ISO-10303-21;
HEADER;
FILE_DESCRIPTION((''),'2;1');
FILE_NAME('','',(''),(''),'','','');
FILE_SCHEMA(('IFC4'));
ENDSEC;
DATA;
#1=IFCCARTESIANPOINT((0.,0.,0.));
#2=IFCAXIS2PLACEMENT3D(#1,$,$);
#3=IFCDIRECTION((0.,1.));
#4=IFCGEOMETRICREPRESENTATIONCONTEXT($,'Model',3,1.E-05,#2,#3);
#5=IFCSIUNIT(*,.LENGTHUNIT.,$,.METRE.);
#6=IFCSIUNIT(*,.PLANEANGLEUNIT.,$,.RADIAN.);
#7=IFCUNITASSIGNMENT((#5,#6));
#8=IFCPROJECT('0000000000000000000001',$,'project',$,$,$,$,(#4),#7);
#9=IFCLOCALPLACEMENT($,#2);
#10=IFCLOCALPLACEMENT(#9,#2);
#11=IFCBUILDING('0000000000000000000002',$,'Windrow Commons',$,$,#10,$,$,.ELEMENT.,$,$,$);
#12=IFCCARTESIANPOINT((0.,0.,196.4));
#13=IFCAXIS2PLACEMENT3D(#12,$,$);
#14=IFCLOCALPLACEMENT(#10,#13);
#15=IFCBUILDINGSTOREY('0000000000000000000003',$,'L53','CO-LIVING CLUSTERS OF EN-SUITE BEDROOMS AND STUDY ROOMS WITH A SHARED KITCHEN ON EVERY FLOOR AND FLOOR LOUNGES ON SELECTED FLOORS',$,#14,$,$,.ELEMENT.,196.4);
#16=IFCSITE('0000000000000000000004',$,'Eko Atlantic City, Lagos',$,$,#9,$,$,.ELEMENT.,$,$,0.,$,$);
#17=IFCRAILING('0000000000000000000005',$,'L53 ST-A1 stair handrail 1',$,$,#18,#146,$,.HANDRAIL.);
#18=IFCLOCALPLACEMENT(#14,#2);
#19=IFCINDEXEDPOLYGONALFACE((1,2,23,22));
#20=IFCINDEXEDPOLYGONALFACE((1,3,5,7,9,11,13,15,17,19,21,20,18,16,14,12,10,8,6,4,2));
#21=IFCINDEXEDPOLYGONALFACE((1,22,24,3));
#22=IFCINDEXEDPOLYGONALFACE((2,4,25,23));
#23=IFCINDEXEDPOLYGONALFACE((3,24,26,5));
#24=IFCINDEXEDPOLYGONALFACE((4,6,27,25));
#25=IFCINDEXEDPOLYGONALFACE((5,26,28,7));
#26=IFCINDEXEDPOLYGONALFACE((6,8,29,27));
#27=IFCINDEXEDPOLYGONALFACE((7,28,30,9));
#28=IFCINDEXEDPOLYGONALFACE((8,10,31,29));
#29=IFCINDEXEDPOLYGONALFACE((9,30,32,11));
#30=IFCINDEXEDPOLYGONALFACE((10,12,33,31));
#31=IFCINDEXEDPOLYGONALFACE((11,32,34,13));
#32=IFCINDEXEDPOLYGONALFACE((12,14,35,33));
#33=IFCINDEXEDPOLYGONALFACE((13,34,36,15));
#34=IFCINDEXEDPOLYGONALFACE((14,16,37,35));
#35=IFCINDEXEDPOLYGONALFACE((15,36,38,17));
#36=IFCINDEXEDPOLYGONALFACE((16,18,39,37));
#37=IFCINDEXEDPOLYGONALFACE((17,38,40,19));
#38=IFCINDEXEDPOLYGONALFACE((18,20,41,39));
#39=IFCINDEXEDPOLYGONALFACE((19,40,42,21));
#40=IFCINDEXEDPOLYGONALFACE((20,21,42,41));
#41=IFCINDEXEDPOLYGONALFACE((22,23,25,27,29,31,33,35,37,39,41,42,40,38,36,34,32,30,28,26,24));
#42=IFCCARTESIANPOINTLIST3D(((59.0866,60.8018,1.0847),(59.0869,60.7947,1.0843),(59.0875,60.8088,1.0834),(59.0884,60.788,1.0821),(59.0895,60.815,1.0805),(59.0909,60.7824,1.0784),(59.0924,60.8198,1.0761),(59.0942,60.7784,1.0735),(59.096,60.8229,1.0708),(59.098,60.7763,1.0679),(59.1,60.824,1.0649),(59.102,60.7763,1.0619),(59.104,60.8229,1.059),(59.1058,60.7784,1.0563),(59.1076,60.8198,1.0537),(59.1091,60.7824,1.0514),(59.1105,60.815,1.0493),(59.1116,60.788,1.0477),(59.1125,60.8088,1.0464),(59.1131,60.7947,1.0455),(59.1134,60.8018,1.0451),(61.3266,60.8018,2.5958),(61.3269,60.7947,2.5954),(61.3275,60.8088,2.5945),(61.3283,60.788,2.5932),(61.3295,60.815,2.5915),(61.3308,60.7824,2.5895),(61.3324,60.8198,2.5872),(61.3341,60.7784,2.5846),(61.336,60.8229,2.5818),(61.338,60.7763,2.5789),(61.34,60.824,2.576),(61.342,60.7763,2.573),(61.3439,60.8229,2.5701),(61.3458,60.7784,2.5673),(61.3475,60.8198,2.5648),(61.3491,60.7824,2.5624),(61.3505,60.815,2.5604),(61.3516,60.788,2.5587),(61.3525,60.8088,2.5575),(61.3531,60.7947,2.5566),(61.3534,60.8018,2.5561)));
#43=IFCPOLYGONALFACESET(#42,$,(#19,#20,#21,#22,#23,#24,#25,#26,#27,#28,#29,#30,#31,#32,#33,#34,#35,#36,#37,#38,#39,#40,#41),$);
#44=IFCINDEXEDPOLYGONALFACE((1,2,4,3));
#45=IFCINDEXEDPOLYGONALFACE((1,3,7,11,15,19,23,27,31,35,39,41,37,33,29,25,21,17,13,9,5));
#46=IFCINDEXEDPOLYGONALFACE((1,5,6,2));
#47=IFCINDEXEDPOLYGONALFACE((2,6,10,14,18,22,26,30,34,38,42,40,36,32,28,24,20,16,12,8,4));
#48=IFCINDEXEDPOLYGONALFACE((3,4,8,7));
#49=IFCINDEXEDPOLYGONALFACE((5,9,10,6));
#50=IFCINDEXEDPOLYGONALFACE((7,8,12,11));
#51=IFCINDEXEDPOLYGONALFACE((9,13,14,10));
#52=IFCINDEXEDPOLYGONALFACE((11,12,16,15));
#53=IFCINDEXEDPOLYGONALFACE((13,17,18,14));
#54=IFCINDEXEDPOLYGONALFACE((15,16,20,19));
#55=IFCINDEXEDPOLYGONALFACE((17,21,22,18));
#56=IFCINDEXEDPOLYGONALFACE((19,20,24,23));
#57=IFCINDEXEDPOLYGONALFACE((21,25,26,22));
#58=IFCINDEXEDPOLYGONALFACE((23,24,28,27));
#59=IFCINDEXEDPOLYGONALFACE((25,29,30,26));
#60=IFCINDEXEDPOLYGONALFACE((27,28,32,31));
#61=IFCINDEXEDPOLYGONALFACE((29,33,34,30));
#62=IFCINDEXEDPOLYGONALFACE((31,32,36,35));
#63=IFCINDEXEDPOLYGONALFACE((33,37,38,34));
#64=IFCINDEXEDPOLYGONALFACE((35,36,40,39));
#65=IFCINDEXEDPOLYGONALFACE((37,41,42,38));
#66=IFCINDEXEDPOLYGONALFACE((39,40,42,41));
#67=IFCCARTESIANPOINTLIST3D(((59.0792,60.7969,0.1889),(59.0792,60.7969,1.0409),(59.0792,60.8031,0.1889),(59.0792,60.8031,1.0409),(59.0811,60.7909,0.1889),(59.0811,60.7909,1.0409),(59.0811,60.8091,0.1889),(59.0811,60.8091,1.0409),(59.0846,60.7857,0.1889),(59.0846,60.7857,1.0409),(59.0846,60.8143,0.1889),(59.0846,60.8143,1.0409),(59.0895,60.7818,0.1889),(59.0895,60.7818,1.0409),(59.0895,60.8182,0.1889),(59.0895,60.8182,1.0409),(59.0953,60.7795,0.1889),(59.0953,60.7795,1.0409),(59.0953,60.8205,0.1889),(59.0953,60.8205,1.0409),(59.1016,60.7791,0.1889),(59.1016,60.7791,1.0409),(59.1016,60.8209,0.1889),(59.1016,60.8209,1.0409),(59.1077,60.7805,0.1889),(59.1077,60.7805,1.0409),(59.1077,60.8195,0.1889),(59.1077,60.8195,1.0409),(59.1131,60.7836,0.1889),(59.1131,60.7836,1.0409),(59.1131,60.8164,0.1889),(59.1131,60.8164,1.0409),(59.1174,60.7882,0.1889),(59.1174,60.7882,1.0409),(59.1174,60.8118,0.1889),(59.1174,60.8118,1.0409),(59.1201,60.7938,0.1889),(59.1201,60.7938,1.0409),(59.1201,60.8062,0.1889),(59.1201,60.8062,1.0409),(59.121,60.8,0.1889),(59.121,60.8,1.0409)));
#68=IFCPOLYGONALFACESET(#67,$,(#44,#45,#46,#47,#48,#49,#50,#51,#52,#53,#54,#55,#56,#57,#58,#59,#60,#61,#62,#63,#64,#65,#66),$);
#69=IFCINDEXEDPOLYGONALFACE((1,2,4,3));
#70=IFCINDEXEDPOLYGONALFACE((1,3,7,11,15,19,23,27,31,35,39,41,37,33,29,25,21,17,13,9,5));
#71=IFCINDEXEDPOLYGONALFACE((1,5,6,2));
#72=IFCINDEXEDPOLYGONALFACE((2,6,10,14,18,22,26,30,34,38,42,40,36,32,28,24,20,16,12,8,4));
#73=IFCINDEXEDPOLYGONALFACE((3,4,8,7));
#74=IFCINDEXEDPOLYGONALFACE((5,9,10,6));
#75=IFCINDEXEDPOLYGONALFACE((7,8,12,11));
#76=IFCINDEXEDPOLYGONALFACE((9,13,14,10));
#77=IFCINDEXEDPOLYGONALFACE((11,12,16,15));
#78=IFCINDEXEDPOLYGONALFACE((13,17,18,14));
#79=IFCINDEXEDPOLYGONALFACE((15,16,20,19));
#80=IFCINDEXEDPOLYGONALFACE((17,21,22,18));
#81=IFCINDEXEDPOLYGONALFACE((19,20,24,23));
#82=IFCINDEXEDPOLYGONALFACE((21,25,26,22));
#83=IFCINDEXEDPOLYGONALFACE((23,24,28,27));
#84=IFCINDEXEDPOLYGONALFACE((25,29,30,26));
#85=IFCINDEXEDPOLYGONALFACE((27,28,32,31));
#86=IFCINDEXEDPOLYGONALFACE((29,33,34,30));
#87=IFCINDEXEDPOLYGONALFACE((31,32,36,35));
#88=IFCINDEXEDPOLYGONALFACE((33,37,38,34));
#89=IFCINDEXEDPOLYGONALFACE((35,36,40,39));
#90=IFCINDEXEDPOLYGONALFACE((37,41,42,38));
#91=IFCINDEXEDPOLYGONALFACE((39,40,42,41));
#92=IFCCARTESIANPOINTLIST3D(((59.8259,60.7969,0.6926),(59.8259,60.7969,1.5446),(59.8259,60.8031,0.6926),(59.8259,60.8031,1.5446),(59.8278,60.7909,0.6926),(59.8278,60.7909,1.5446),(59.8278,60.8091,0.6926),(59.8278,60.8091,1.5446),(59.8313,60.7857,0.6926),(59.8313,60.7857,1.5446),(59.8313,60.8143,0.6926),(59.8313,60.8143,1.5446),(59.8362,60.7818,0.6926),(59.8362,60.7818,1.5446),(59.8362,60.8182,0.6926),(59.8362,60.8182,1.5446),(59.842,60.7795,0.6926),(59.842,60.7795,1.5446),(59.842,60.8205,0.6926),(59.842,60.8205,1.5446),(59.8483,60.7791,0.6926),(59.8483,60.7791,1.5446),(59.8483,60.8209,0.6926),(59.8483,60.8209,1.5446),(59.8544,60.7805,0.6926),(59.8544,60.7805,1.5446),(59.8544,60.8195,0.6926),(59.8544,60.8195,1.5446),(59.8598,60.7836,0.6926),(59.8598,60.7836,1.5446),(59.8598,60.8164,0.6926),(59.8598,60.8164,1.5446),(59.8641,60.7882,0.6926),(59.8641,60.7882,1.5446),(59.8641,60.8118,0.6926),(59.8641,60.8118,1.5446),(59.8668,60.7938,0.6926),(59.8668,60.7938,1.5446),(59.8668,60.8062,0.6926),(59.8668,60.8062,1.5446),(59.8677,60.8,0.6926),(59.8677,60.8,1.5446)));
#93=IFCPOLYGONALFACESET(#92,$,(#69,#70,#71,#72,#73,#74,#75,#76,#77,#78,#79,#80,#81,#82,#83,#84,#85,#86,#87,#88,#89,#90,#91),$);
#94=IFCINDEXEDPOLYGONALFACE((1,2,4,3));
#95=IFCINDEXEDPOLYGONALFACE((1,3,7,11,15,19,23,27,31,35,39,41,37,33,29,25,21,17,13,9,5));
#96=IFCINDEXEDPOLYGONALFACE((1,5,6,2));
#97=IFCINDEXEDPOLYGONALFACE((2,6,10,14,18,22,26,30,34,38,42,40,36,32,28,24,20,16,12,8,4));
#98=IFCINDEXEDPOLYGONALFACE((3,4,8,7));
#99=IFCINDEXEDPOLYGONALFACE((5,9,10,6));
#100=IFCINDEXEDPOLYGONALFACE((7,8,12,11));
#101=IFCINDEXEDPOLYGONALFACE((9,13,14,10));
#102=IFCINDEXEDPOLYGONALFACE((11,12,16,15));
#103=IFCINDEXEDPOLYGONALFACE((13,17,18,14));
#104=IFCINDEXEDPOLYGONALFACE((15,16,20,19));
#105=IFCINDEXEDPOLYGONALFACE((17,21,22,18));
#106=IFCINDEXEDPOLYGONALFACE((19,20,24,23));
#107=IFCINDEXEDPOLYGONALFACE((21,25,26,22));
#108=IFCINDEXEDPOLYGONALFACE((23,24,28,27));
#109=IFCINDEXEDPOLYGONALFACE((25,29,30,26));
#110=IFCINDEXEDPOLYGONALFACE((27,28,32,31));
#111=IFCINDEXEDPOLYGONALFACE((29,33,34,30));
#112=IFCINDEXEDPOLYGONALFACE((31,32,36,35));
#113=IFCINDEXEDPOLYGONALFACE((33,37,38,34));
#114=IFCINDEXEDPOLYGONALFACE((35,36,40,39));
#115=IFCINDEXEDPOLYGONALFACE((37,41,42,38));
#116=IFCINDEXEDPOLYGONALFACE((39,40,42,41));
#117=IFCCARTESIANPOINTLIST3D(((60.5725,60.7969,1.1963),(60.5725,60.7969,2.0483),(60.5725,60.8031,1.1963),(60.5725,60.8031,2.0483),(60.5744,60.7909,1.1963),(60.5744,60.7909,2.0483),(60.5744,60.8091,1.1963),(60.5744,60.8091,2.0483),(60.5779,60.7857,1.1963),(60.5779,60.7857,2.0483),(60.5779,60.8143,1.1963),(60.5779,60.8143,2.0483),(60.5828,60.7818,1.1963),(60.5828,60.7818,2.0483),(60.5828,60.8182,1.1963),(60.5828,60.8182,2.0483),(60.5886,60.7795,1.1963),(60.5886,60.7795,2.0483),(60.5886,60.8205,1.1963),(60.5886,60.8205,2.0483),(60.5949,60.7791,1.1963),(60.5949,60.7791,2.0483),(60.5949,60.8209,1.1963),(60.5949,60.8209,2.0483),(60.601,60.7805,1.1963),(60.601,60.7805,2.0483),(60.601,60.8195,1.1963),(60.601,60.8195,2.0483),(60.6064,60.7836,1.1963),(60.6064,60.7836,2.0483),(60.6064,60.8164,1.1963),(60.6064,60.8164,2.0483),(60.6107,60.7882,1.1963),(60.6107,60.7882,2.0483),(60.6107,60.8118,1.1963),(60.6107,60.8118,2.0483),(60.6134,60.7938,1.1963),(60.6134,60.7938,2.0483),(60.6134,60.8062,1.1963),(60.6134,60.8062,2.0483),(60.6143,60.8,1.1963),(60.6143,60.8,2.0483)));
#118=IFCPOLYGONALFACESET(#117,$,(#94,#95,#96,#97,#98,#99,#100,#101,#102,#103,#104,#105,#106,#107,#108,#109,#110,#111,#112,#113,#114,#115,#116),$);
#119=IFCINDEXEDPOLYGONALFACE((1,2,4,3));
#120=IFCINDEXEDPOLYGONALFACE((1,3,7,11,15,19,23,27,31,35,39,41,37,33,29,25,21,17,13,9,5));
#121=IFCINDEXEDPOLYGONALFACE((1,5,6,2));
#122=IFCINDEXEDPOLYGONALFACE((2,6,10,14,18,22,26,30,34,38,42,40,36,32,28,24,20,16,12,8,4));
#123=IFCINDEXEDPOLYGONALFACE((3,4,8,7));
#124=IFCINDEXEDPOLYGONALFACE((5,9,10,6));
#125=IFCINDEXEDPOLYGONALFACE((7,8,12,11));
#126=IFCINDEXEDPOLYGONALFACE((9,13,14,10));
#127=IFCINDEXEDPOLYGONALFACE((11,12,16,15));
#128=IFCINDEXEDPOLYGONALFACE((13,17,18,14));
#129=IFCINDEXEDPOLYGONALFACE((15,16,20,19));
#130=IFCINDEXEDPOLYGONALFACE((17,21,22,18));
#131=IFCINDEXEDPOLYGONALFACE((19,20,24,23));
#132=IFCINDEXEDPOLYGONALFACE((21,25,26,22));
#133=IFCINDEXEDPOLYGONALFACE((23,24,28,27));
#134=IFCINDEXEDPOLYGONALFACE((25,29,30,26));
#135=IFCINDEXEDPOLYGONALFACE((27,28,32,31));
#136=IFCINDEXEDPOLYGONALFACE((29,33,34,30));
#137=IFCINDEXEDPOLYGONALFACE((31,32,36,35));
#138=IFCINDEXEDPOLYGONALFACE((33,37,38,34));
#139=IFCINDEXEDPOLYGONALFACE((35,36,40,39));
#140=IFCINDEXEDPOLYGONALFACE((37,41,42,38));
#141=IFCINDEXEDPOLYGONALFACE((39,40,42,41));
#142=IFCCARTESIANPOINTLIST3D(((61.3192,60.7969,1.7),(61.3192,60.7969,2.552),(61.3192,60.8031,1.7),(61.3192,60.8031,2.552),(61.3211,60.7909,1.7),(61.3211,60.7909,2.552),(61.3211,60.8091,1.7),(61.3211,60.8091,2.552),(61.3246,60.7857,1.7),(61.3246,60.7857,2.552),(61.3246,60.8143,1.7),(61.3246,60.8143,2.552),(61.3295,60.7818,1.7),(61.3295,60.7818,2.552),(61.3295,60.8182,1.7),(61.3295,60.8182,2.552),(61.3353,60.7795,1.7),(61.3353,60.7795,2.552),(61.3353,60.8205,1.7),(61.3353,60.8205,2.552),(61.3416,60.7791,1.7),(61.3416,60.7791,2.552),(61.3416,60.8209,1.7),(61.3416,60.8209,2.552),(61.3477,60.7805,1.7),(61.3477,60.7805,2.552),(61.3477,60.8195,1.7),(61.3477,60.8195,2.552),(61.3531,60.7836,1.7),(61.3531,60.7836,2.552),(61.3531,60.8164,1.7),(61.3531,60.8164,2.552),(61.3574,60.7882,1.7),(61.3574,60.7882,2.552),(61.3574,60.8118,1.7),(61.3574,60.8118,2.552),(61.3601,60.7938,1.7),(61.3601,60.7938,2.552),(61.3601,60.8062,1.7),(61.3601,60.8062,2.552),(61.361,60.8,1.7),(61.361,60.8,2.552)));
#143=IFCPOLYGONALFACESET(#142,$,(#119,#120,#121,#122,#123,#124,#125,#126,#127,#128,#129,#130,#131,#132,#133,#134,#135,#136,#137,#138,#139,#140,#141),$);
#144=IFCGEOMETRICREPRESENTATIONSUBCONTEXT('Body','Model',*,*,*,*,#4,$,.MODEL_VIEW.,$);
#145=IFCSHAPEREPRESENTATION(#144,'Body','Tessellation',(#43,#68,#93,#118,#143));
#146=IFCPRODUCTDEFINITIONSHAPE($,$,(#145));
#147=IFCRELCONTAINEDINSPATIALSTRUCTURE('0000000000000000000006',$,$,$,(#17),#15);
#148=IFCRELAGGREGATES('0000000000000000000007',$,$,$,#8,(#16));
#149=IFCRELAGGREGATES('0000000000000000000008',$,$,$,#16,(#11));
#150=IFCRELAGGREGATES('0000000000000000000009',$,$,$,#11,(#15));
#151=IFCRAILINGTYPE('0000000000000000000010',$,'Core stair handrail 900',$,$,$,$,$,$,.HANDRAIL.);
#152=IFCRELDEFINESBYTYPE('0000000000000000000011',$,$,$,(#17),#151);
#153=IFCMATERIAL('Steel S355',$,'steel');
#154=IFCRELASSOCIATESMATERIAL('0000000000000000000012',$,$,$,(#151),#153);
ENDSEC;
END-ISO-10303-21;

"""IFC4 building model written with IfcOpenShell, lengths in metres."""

from ifc_helpers import new_model, si_unit, direction, frame, origin, origin_2d, place, context, subcontext, project, spatial, circle, extrude, material, type_object, element, save


model = new_model("IFC4")

# Units and contexts
model_context = context("Model", 3, precision=1e-05, world=origin(), true_north=direction((0.0, 1.0)))
body_context = subcontext(model_context, "Body", "Model", "MODEL_VIEW")
ifc_project = project(units=[si_unit("LENGTHUNIT", "METRE"), si_unit("PLANEANGLEUNIT", "RADIAN")], contexts=[model_context])

# Site, building, storey
site_placement = place(None, origin())
site = spatial("IfcSite", under=ifc_project, at=site_placement, Name="Eko Atlantic City, Lagos", CompositionType="ELEMENT", RefElevation=0.0)
building_placement = place(site_placement, origin())
building = spatial("IfcBuilding", under=site, at=building_placement, Name="Windrow Commons", CompositionType="ELEMENT")
storey_placement = place(building_placement, frame((0.0, 0.0, 196.4)))
storey = spatial("IfcBuildingStorey", under=building, at=storey_placement, Name="L53", Description="CO-LIVING CLUSTERS OF EN-SUITE BEDROOMS AND STUDY ROOMS WITH A SHARED KITCHEN ON EVERY FLOOR AND FLOOR LOUNGES ON SELECTED FLOORS", CompositionType="ELEMENT", Elevation=196.4)

# Railing
ifc_material_1 = material(Name="Steel S355", Category="steel")
railing_type_1 = type_object("IfcRailingType", Name="Core stair handrail 900", PredefinedType="HANDRAIL", material=ifc_material_1)
railing_1_placement = place(storey_placement, frame((59.1, 60.8, 0.1889)))
element("IfcRailing", 1, at=railing_1_placement, inside=storey, type_object=railing_type_1, Name="L53 ST-A1 stair handrail 1", PredefinedType="HANDRAIL", context=body_context, shape_type="SweptSolid", body=[
    extrude(circle(Radius=0.024, at=origin_2d()), frame((0.0, 0.0, 0.876), z_axis=(0.829003, 0.0, 0.559244), x_axis=(0.0, 1.0, 0.0)), (0.0, 0.0, 1.0), 2.702),
    extrude(circle(Radius=0.021, at=origin_2d()), origin(), (0.0, 0.0, 1.0), 0.852),
    extrude(circle(Radius=0.021, at=origin_2d()), frame((0.7467, 0.0, 0.5037)), (0.0, 0.0, 1.0), 0.852),
    extrude(circle(Radius=0.021, at=origin_2d()), frame((1.4933, 0.0, 1.0074)), (0.0, 0.0, 1.0), 0.852),
    extrude(circle(Radius=0.021, at=origin_2d()), frame((2.24, 0.0, 1.5111)), (0.0, 0.0, 1.0), 0.852),
])

save(model, "model.ifc")
